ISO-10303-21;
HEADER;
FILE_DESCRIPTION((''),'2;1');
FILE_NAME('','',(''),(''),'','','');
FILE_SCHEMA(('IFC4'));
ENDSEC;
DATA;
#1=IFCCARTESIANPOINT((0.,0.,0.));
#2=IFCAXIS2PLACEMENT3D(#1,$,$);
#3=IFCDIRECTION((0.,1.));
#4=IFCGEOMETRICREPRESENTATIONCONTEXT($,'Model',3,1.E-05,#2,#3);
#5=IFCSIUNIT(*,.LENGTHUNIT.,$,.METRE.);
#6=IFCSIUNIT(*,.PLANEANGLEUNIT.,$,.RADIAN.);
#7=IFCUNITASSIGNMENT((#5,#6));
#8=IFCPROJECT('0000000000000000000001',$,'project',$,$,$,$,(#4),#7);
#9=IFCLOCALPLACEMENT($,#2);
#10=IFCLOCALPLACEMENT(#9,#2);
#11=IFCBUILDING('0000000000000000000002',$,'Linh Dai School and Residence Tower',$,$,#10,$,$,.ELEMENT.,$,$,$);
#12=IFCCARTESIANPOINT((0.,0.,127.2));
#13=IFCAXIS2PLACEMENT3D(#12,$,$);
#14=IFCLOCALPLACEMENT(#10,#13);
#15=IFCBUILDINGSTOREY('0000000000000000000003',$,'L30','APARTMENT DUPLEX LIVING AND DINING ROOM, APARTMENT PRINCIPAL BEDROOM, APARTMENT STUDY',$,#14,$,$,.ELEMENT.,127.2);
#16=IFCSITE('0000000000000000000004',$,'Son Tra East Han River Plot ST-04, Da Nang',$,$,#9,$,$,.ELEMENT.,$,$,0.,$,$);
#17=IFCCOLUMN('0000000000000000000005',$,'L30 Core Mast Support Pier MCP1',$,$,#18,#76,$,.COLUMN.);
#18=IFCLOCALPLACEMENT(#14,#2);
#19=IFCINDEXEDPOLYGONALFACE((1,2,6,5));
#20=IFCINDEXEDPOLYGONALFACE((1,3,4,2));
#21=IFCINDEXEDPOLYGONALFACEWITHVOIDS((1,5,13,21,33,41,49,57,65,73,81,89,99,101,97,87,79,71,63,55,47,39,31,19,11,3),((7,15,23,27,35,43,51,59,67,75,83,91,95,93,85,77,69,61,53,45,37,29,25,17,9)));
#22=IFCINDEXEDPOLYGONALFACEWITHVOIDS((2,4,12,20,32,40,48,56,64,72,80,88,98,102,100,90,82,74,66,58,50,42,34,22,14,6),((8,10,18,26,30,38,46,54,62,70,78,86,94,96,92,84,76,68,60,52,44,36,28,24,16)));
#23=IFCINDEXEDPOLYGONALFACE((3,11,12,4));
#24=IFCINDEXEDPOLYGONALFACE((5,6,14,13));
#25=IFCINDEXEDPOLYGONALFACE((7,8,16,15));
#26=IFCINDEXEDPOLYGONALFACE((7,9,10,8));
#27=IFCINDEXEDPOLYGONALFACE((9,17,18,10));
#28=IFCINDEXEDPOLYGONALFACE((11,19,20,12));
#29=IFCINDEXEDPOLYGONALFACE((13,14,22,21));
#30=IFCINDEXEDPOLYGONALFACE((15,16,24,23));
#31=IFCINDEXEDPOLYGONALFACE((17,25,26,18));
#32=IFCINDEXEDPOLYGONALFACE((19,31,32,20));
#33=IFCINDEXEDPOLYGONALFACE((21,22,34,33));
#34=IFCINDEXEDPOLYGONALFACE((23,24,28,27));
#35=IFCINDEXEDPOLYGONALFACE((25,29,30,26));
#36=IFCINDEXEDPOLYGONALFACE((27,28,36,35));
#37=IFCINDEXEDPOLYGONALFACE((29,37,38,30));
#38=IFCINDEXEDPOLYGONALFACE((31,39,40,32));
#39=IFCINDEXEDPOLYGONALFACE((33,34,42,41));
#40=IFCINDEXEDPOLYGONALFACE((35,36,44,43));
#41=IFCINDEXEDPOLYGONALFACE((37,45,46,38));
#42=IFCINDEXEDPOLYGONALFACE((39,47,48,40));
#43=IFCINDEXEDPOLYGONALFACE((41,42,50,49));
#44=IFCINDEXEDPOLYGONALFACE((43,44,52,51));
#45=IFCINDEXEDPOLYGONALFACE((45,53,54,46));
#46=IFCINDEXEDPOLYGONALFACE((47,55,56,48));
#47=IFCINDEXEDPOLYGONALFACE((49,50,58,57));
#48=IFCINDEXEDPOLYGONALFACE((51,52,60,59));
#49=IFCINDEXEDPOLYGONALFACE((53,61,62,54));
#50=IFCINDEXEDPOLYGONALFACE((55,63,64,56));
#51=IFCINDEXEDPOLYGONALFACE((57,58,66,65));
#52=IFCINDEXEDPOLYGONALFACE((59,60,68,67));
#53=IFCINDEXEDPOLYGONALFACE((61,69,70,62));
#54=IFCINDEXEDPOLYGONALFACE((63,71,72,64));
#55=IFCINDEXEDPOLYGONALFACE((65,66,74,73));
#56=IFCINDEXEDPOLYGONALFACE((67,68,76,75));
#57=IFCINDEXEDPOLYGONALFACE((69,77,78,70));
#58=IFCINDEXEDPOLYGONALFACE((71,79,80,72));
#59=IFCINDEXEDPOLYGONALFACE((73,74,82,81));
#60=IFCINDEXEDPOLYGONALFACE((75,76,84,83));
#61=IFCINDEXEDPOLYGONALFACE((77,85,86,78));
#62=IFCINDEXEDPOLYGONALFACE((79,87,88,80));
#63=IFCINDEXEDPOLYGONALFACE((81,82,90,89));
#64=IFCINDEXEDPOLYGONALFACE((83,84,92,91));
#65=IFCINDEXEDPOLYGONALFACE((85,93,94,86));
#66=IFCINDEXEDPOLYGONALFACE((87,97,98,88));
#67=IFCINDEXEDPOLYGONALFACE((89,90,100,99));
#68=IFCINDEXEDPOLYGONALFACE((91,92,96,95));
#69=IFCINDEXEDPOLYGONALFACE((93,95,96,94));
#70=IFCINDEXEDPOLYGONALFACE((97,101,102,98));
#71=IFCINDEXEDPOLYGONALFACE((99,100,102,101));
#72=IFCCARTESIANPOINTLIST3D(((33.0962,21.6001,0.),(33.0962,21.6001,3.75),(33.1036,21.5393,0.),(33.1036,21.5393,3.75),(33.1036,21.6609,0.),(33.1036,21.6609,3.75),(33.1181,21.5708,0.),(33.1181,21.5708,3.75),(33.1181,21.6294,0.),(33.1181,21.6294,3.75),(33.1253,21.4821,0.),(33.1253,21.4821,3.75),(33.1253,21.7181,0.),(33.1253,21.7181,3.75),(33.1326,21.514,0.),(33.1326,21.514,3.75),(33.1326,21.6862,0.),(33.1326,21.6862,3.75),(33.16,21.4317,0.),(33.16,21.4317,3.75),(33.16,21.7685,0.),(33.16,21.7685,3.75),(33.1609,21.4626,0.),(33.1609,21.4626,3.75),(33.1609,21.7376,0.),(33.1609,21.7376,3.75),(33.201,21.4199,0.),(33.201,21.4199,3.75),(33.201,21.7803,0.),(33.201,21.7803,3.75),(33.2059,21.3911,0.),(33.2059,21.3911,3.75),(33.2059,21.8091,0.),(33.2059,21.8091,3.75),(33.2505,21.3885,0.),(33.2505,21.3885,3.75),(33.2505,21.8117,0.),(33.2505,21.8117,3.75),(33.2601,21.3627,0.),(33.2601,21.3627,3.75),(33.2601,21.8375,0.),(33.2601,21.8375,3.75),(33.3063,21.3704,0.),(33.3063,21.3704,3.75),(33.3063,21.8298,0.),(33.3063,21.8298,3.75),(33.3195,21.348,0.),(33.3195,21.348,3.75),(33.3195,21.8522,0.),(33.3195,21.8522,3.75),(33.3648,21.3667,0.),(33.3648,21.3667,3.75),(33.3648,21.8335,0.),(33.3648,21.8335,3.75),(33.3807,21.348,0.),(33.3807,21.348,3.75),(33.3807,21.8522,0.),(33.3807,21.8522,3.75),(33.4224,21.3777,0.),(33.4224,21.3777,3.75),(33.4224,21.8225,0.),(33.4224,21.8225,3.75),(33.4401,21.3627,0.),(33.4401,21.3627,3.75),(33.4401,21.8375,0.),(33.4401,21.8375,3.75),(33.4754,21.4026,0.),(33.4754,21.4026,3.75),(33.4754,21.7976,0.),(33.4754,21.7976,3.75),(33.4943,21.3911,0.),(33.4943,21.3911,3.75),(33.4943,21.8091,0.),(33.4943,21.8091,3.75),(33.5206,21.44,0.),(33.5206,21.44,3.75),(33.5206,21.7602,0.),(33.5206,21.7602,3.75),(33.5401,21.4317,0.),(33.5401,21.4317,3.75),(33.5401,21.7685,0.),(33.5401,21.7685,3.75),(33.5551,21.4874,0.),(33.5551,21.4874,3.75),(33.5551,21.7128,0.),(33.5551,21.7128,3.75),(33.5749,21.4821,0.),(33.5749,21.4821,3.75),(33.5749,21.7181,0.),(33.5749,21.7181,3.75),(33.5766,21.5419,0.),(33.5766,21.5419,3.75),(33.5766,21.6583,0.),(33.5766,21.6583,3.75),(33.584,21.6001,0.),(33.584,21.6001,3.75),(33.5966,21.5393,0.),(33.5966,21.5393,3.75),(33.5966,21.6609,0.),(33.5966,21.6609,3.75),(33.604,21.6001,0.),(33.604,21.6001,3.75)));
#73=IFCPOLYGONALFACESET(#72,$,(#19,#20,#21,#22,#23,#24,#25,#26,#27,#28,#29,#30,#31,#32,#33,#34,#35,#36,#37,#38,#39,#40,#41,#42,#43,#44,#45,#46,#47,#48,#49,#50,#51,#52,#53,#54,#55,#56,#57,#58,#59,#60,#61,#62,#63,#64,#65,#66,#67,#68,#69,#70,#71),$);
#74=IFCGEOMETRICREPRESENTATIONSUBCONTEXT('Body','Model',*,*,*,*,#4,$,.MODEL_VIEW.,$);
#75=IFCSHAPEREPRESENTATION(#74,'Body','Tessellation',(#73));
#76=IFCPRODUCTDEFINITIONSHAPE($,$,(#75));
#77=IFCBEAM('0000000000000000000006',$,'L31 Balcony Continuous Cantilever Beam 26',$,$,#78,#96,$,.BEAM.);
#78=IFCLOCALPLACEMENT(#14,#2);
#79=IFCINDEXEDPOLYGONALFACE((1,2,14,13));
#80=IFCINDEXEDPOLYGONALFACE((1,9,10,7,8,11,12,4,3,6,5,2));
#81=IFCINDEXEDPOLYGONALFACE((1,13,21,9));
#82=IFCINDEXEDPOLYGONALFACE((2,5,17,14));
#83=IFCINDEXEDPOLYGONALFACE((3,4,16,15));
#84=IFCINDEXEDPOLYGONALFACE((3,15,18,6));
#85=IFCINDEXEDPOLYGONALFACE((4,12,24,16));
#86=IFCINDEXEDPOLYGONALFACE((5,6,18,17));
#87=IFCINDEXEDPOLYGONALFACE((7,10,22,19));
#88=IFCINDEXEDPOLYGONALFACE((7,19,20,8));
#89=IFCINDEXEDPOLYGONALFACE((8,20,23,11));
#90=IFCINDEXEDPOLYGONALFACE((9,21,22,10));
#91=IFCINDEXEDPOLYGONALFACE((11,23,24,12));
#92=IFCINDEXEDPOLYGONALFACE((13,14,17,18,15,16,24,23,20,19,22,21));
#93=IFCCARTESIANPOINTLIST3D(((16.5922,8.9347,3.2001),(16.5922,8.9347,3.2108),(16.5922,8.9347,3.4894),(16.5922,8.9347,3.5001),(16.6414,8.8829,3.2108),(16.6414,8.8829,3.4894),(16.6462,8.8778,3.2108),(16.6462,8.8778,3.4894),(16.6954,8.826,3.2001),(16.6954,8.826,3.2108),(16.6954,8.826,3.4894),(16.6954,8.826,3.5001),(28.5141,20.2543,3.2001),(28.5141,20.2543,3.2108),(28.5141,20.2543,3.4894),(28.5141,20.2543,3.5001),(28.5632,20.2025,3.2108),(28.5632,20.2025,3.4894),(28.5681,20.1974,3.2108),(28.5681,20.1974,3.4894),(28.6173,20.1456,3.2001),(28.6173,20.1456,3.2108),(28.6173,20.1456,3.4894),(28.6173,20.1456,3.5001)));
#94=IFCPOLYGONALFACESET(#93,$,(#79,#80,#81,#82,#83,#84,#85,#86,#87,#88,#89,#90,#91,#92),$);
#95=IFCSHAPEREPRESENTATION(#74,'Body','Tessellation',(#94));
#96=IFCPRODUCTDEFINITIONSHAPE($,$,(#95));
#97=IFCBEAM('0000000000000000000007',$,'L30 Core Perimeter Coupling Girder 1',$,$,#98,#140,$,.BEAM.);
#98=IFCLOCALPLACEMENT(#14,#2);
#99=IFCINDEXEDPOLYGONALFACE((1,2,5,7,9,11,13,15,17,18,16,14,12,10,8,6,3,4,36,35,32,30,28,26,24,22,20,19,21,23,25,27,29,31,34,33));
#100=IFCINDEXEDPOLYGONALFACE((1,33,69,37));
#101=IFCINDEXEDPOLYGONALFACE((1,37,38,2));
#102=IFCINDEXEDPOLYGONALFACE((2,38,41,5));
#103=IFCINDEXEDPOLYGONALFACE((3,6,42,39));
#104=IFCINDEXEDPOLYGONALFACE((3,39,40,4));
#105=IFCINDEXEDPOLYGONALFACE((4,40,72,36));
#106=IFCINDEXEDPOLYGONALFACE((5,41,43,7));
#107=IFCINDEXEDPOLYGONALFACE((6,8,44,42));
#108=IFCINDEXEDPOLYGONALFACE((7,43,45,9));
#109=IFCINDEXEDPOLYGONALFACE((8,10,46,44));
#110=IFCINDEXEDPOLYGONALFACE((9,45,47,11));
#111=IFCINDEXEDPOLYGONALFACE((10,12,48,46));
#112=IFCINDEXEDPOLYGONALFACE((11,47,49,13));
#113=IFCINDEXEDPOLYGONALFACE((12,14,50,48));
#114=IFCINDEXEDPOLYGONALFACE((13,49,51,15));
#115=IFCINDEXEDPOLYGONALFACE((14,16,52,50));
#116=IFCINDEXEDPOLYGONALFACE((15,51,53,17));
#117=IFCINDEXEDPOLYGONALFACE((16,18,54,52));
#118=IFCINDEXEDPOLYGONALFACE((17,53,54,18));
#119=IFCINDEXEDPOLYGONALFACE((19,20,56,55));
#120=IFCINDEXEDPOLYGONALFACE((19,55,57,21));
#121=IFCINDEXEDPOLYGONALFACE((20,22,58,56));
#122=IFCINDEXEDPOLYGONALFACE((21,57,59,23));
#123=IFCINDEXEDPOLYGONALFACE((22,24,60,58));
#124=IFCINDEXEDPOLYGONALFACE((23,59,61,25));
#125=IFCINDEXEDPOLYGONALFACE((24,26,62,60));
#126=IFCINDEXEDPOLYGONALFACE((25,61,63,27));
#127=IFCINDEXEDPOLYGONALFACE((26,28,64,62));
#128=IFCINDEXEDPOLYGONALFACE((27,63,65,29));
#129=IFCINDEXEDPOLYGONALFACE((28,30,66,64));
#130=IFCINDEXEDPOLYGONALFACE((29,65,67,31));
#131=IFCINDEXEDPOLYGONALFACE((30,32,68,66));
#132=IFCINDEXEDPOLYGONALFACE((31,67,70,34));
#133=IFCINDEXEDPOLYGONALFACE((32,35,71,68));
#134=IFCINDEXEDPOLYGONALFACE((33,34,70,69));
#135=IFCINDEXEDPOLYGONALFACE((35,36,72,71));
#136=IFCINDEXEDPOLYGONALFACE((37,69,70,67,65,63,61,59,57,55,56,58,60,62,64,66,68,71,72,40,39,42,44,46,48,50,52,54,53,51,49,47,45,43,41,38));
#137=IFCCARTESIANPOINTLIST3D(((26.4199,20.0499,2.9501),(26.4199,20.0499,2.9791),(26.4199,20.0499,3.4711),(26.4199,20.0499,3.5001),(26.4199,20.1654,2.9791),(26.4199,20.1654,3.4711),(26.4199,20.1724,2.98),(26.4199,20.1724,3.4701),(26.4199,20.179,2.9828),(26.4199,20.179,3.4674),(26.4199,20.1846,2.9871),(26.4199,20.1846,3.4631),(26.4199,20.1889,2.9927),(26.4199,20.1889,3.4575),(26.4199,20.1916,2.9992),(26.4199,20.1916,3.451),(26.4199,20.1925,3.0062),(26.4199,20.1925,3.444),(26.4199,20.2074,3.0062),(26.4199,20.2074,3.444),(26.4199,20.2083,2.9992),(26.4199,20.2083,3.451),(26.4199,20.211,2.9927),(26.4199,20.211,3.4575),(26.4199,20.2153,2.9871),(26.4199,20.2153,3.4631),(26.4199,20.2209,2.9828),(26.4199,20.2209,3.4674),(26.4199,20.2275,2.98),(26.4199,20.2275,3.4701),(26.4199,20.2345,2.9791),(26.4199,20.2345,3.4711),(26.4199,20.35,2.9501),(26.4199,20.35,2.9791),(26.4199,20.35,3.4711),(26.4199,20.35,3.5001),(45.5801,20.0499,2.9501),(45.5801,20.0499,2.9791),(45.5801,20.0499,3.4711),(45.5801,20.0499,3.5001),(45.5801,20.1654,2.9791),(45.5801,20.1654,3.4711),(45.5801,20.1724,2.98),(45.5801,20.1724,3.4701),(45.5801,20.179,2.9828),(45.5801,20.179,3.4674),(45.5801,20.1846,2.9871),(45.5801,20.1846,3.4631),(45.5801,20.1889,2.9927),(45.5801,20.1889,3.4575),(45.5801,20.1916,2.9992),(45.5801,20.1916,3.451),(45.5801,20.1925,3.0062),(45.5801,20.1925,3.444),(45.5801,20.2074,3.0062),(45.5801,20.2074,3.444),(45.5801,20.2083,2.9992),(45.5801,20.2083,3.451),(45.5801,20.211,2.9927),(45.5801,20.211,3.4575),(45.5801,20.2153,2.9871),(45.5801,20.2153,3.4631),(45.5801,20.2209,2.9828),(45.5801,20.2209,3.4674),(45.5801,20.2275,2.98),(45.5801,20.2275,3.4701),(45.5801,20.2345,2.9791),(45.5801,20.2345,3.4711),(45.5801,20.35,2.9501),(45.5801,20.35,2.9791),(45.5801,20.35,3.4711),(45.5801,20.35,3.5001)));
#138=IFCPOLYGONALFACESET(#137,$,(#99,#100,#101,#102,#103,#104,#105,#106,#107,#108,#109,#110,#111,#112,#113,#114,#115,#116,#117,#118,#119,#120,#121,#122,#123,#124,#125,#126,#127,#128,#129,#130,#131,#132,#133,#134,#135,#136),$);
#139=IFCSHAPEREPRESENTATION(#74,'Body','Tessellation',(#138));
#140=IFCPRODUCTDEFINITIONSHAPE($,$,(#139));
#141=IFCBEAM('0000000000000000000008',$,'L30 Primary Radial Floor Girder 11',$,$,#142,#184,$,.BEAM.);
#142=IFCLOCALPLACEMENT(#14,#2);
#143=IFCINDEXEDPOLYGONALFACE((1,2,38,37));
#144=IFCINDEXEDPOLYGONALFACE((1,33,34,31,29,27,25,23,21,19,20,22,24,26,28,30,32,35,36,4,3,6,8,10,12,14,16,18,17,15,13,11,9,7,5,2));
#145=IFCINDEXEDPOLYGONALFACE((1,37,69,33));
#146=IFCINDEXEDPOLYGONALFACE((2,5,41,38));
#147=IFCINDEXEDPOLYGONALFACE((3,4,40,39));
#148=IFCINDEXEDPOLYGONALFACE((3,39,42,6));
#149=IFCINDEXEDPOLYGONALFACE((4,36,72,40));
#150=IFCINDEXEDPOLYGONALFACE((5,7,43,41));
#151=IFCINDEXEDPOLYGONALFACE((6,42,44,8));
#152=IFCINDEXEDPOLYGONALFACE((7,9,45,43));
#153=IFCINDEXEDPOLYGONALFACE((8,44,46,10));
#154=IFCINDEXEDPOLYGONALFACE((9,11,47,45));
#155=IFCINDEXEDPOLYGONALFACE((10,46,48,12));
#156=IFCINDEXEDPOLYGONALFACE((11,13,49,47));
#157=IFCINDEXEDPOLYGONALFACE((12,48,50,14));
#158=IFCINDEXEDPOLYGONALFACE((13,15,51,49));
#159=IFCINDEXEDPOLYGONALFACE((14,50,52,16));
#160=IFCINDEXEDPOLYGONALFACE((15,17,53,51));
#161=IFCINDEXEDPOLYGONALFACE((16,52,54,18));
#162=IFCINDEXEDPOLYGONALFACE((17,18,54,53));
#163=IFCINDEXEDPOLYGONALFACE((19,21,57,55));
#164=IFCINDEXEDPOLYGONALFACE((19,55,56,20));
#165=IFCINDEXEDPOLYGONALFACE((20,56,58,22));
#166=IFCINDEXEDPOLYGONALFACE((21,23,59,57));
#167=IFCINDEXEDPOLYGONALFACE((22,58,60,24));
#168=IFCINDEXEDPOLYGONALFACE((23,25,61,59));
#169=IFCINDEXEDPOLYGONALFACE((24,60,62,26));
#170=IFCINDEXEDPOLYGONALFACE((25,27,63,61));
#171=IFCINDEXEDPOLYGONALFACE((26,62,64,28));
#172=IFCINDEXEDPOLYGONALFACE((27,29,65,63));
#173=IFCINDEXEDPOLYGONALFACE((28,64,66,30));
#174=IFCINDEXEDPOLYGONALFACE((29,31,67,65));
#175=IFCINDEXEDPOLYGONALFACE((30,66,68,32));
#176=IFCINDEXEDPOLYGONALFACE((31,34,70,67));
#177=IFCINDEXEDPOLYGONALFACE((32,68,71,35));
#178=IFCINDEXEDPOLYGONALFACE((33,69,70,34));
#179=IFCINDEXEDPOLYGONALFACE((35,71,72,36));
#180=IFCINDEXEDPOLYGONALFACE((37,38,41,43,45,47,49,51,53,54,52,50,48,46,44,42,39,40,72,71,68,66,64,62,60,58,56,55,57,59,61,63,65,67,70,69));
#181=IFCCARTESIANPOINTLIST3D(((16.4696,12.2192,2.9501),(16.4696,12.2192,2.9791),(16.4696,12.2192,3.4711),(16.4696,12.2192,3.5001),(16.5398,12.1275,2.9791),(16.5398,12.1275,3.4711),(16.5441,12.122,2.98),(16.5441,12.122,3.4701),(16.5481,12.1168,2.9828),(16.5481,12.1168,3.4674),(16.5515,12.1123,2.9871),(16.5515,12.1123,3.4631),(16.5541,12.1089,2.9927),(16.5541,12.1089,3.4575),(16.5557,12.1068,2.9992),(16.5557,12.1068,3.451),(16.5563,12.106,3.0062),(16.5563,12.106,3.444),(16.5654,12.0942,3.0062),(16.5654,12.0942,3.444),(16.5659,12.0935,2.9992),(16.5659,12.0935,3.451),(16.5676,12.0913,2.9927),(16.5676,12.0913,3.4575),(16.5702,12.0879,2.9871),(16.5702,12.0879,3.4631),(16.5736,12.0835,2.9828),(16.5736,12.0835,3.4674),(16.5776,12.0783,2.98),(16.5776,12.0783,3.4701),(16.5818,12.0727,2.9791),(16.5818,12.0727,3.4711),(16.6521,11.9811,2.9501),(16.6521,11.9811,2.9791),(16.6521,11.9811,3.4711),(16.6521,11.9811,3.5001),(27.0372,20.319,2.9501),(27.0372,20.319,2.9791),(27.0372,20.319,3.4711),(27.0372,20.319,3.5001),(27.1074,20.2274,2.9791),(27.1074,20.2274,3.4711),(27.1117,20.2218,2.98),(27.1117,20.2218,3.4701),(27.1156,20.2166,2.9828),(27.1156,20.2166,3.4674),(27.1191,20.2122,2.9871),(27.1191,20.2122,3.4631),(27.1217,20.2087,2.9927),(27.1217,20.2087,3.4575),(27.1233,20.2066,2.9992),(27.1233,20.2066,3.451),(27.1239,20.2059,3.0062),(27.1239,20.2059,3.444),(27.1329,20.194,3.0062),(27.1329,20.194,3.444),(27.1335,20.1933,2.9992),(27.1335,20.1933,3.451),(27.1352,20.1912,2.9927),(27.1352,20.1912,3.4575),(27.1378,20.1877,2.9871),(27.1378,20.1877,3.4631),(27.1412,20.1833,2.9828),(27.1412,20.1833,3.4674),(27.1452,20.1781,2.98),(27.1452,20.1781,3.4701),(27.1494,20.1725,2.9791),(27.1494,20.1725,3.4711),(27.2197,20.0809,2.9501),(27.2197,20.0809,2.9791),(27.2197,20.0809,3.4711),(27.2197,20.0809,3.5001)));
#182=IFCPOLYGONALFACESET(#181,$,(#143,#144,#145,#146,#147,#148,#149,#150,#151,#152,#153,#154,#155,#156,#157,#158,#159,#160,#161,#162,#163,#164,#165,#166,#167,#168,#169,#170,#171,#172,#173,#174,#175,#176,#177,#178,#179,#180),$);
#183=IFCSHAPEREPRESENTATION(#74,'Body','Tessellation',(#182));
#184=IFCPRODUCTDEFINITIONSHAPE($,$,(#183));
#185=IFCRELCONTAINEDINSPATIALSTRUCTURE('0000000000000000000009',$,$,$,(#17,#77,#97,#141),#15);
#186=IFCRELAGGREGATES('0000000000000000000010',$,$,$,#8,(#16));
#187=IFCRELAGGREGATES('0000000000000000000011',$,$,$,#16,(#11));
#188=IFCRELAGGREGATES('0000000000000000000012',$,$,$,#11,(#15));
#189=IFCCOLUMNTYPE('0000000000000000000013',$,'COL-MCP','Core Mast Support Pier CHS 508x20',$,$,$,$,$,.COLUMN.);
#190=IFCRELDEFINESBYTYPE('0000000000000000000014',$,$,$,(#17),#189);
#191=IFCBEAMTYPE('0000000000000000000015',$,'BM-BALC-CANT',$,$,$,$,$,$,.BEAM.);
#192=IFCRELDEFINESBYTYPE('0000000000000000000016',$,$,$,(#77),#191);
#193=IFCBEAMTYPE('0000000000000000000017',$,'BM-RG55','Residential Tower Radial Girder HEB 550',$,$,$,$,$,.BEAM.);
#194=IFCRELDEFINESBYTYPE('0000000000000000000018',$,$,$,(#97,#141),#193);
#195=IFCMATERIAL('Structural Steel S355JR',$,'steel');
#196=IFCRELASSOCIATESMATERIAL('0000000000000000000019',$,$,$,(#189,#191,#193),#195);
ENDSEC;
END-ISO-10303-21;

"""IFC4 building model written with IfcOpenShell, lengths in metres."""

from ifc_helpers import new_model, si_unit, direction, frame, origin, origin_2d, place, context, subcontext, project, spatial, hollow_circle, i_section, extrude, material, material_profile, profile_set, type_object, element, save


model = new_model("IFC4")

# Units and contexts
model_context = context("Model", 3, precision=1e-05, world=origin(), true_north=direction((0.0, 1.0)))
body_context = subcontext(model_context, "Body", "Model", "MODEL_VIEW")
ifc_project = project(units=[si_unit("LENGTHUNIT", "METRE"), si_unit("PLANEANGLEUNIT", "RADIAN")], contexts=[model_context])

# Site, building, storey
site_placement = place(None, origin())
site = spatial("IfcSite", under=ifc_project, at=site_placement, Name="Son Tra East Han River Plot ST-04, Da Nang", CompositionType="ELEMENT", RefElevation=0.0)
building_placement = place(site_placement, origin())
building = spatial("IfcBuilding", under=site, at=building_placement, Name="Linh Dai School and Residence Tower", CompositionType="ELEMENT")
storey_placement = place(building_placement, frame((0.0, 0.0, 127.2)))
storey = spatial("IfcBuildingStorey", under=building, at=storey_placement, Name="L30", Description="APARTMENT DUPLEX LIVING AND DINING ROOM, APARTMENT PRINCIPAL BEDROOM, APARTMENT STUDY", CompositionType="ELEMENT", Elevation=127.2)

# Column
ifc_material_1 = material(Name="Structural Steel S355JR", Category="steel")
ifc_material_profile_1 = material_profile(ifc_material_1, hollow_circle(Radius=0.2539, WallThickness=0.02, at=origin_2d()), Name="CHS 508x20")
ifc_profile_set_1 = profile_set([ifc_material_profile_1], Name="Structural Steel S355JR")
column_type = type_object("IfcColumnType", Name="COL-MCP", Description="Core Mast Support Pier CHS 508x20", PredefinedType="COLUMN", material=ifc_profile_set_1)
column_placement = place(storey_placement, frame((33.3501, 21.6001, 0.0), z_axis=(0.0, 0.0, 1.0), x_axis=(1.0, 0.0, 0.0)))
element("IfcColumn", 1, at=column_placement, inside=storey, type_object=column_type, Name="L30 Core Mast Support Pier MCP1", PredefinedType="COLUMN", context=body_context, shape_type="SweptSolid", body=[
    extrude(hollow_circle(Radius=0.2539, WallThickness=0.02, at=origin_2d()), origin(), (0.0, 0.0, 1.0), 3.75),
])

# Beams
ifc_material_profile_2 = material_profile(ifc_material_1, i_section(OverallWidth=0.1499, OverallDepth=0.3, WebThickness=0.0071, FlangeThickness=0.0107, at=origin_2d()), Name="IPE 300")
ifc_profile_set_2 = profile_set([ifc_material_profile_2], Name="Structural Steel S355JR")
beam_type_1 = type_object("IfcBeamType", Name="BM-BALC-CANT", PredefinedType="BEAM", material=ifc_profile_set_2)
beam_1_placement = place(storey_placement, frame((28.5657, 20.2, 3.3501), z_axis=(-0.725188, -0.688551, 0.0), x_axis=(0.688551, -0.725188, 0.0)))
element("IfcBeam", 2, at=beam_1_placement, inside=storey, type_object=beam_type_1, Name="L31 Balcony Continuous Cantilever Beam 26", PredefinedType="BEAM", context=body_context, shape_type="SweptSolid", body=[
    extrude(i_section(OverallWidth=0.1499, OverallDepth=0.3, WebThickness=0.0071, FlangeThickness=0.0107, at=origin_2d()), origin(), (0.0, 0.0, 1.0), 16.4397),
])
ifc_material_profile_3 = material_profile(ifc_material_1, i_section(OverallWidth=0.3, OverallDepth=0.55, WebThickness=0.0149, FlangeThickness=0.0291, FilletRadius=0.0271, at=origin_2d()), Name="HEB 550")
ifc_profile_set_3 = profile_set([ifc_material_profile_3], Name="Structural Steel S355JR")
beam_type_2 = type_object("IfcBeamType", Name="BM-RG55", Description="Residential Tower Radial Girder HEB 550", PredefinedType="BEAM", material=ifc_profile_set_3)
beam_2_placement = place(storey_placement, frame((26.4199, 20.2, 3.2251), z_axis=(1.0, 0.0, 0.0), x_axis=(0.0, 1.0, 0.0)))
element("IfcBeam", 3, at=beam_2_placement, inside=storey, type_object=beam_type_2, Name="L30 Core Perimeter Coupling Girder 1", PredefinedType="BEAM", context=body_context, shape_type="SweptSolid", body=[
    extrude(i_section(OverallWidth=0.3, OverallDepth=0.55, WebThickness=0.0149, FlangeThickness=0.0291, FilletRadius=0.0271, at=origin_2d()), origin(), (0.0, 0.0, 1.0), 19.1602),
])
beam_3_placement = place(storey_placement, frame((27.1284, 20.2, 3.2251), z_axis=(-0.793679, -0.608337, 0.0), x_axis=(0.608337, -0.793679, 0.0)))
element("IfcBeam", 4, at=beam_3_placement, inside=storey, type_object=beam_type_2, Name="L30 Primary Radial Floor Girder 11", PredefinedType="BEAM", context=body_context, shape_type="SweptSolid", body=[
    extrude(i_section(OverallWidth=0.3, OverallDepth=0.55, WebThickness=0.0149, FlangeThickness=0.0291, FilletRadius=0.0271, at=origin_2d()), origin(), (0.0, 0.0, 1.0), 13.3147),
])

save(model, "model.ifc")
